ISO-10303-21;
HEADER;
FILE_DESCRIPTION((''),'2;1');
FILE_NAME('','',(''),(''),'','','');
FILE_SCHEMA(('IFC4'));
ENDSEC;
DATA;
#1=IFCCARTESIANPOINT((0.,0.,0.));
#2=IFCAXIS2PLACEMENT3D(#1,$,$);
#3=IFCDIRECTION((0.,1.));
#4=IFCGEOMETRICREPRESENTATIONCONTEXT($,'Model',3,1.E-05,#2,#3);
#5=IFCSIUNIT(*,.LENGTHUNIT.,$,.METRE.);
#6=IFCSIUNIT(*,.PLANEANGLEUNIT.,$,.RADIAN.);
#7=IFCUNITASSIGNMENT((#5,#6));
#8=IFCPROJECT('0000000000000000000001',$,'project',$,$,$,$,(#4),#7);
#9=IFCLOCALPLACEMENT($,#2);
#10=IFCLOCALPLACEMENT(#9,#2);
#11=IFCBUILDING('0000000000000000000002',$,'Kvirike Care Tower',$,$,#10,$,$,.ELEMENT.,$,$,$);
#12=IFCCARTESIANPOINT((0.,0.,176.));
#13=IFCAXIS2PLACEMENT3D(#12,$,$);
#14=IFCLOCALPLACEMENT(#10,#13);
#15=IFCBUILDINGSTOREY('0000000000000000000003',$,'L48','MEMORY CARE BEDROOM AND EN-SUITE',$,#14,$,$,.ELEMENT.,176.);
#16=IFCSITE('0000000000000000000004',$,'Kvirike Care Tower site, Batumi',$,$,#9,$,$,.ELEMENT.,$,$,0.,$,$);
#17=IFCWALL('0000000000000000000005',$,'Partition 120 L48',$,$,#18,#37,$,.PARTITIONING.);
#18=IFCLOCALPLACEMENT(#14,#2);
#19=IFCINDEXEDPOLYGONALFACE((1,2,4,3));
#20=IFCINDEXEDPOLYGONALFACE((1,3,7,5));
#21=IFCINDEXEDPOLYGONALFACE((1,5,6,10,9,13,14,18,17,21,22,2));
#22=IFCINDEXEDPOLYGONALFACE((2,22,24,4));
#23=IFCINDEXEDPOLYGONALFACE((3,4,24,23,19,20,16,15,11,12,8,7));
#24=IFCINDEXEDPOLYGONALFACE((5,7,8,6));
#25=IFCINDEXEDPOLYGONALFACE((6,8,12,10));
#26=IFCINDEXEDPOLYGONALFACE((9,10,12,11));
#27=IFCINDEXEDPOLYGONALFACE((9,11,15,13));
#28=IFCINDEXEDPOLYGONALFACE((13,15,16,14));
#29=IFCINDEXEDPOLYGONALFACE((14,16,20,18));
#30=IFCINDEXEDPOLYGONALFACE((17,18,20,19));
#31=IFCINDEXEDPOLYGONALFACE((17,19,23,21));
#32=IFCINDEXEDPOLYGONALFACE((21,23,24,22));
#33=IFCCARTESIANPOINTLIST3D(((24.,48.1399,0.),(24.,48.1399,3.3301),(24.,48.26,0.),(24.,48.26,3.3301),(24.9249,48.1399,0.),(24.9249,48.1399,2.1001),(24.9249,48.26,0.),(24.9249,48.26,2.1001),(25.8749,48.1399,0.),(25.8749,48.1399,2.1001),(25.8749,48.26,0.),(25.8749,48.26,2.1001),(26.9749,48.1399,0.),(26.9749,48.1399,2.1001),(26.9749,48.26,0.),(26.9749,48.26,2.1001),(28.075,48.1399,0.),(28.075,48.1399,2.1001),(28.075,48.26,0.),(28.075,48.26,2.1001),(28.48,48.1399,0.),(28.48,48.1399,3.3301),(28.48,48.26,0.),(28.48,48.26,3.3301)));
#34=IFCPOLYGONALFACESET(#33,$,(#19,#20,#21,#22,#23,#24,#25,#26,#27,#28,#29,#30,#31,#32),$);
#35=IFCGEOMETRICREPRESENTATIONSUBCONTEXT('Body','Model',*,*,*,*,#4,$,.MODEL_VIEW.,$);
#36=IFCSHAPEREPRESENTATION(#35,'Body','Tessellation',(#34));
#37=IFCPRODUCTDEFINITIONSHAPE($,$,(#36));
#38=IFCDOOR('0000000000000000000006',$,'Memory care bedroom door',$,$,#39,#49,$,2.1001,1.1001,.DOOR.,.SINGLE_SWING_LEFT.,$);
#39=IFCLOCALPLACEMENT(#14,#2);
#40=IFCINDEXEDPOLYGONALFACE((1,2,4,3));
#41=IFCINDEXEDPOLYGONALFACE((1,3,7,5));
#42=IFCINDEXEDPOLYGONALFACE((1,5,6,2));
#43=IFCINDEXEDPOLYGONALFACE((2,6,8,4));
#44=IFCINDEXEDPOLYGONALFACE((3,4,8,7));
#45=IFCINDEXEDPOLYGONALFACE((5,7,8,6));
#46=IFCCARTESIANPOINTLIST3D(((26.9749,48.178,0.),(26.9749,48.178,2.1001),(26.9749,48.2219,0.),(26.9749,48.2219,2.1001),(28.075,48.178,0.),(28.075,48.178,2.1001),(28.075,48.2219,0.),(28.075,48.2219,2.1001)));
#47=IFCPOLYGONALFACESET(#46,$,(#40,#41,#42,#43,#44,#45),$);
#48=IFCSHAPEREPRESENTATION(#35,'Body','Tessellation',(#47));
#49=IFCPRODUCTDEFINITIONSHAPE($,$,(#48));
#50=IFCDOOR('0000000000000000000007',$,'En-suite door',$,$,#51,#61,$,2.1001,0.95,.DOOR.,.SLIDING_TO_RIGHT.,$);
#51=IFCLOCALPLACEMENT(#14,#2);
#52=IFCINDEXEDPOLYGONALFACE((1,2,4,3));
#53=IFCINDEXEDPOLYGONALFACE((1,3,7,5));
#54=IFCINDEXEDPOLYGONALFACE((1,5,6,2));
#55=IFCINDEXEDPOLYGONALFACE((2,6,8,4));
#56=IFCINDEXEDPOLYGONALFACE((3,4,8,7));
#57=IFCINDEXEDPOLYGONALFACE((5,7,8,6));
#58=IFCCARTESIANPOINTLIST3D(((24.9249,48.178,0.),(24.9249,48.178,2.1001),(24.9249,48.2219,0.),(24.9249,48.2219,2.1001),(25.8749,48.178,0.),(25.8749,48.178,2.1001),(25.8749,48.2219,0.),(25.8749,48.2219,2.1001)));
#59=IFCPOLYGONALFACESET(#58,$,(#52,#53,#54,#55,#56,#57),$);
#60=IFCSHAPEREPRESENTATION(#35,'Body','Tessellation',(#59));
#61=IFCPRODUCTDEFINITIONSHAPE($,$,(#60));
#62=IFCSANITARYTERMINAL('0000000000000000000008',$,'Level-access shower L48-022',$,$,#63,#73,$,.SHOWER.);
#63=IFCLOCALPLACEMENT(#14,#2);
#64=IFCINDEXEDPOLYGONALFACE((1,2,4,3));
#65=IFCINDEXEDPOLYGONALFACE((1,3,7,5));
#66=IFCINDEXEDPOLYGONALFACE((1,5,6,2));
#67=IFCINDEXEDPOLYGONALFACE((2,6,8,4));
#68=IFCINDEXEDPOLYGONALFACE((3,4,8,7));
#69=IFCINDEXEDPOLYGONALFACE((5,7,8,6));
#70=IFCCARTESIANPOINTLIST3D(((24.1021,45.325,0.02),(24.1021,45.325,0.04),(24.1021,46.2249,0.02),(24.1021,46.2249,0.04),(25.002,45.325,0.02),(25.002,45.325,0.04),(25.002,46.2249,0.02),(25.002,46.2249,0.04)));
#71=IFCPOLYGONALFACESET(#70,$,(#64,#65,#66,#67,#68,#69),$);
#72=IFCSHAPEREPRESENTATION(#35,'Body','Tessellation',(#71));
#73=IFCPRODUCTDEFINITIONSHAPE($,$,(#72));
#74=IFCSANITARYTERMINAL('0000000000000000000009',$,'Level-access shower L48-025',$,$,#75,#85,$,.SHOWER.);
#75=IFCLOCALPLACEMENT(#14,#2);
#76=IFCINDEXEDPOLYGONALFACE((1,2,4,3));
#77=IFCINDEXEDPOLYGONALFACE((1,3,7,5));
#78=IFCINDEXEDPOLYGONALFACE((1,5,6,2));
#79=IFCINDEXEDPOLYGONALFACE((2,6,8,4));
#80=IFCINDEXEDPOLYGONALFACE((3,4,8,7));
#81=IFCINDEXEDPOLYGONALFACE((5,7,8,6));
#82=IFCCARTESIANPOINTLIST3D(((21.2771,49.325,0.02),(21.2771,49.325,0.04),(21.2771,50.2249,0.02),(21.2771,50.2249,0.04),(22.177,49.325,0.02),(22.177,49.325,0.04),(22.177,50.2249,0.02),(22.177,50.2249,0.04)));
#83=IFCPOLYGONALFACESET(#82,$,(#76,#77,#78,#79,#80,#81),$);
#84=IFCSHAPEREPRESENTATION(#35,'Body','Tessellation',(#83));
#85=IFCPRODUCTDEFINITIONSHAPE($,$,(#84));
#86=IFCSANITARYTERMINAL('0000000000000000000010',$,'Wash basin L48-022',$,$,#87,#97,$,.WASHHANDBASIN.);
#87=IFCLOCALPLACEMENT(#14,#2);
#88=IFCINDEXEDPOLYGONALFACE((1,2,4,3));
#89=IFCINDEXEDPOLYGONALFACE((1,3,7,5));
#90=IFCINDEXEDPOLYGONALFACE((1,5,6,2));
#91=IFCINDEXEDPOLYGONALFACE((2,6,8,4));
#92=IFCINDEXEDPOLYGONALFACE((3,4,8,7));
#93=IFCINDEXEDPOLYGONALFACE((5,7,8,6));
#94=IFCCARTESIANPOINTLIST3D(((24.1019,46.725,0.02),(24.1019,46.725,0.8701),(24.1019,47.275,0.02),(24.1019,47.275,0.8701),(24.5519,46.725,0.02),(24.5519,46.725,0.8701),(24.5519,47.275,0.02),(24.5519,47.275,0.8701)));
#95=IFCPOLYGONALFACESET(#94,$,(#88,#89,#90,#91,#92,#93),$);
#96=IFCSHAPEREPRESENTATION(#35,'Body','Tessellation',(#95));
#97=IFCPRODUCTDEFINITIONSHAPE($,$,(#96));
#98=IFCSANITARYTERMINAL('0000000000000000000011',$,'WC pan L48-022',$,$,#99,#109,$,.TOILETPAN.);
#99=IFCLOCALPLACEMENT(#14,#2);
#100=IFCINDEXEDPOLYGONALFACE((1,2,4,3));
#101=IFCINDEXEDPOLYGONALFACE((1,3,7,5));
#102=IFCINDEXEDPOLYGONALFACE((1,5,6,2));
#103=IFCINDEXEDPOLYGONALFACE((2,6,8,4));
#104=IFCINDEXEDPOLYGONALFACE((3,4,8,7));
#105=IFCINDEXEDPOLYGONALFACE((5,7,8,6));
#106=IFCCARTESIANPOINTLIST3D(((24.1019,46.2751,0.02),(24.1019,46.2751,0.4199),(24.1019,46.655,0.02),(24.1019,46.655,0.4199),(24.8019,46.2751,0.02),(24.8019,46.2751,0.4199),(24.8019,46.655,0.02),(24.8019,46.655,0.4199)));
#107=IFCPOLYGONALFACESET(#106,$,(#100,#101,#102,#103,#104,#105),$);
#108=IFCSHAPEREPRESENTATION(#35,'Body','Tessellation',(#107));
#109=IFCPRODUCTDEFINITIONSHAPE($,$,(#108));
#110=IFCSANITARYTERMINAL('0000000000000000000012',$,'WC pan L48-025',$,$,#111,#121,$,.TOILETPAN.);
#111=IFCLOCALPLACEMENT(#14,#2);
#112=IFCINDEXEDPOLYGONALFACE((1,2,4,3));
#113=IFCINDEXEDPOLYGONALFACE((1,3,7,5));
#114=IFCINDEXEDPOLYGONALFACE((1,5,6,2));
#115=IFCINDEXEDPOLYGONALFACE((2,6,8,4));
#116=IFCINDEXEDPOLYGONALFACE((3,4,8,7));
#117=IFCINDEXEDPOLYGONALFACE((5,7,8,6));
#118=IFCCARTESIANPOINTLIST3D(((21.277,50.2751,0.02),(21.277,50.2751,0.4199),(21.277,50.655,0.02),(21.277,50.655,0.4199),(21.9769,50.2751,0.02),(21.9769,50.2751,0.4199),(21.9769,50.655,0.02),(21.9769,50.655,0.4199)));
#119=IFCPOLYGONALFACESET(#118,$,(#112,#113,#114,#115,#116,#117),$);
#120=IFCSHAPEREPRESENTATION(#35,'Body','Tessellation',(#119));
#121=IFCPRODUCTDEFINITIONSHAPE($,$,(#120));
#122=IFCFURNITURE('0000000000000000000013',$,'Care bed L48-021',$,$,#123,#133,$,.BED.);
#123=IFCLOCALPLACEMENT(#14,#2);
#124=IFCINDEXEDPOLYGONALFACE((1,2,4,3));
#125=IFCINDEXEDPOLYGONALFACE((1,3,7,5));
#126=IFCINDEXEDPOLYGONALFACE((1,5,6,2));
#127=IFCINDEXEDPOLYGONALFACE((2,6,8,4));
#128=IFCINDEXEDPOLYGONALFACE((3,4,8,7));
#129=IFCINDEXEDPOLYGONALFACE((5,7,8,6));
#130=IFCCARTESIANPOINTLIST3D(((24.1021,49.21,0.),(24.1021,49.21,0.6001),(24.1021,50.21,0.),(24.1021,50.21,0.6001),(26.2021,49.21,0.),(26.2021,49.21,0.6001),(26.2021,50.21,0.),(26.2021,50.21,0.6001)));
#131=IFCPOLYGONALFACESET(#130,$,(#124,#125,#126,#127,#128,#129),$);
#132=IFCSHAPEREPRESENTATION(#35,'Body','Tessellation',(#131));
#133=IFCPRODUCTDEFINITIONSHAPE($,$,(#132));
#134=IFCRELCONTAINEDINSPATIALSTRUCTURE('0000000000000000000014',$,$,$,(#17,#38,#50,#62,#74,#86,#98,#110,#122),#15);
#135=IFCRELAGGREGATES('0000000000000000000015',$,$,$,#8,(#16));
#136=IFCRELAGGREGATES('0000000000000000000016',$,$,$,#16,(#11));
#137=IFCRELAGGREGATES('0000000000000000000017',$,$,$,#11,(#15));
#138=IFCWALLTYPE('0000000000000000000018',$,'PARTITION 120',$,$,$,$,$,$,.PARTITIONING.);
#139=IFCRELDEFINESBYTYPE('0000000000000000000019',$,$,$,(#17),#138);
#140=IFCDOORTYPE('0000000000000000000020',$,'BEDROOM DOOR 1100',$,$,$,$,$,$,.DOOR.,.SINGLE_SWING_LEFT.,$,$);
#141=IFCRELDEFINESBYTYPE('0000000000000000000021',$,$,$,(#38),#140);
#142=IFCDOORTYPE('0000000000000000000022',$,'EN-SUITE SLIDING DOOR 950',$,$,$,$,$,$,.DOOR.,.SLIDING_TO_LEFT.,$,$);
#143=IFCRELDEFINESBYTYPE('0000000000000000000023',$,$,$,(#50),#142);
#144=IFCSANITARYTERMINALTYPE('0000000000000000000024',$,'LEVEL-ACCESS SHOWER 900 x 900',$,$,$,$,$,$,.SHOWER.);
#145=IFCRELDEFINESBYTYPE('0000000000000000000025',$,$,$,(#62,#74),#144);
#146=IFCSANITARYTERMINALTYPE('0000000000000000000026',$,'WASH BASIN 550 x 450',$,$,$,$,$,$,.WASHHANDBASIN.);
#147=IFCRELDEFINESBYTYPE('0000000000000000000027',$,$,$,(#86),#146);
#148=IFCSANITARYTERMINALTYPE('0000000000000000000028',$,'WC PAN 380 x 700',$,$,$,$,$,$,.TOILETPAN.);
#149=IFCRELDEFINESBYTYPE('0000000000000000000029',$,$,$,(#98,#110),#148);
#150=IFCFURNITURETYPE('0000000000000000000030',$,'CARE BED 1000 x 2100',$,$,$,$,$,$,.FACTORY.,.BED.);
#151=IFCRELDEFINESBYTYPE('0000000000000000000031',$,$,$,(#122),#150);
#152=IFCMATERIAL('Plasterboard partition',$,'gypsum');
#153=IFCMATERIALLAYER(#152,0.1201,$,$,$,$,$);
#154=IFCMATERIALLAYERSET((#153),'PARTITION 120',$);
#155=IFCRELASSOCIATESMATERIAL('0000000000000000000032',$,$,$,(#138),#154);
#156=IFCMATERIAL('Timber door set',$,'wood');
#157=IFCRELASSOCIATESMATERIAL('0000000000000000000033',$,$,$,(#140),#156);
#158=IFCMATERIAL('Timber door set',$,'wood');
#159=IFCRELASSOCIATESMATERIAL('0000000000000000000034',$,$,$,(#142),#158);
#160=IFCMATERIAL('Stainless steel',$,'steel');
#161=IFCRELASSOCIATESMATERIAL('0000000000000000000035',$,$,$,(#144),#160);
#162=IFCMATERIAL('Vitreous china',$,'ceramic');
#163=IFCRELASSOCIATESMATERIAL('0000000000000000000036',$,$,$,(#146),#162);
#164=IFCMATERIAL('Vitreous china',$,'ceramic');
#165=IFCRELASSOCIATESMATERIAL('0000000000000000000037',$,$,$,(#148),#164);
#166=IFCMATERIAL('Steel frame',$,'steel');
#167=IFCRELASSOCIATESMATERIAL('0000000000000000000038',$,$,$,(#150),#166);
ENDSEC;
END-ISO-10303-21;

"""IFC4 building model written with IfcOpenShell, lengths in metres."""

from ifc_helpers import new_model, si_unit, direction, frame, frame_2d, origin, origin_2d, place, context, subcontext, project, spatial, rectangle, extrude, material, layer, layer_set, type_object, element, fill, save


model = new_model("IFC4")

# Units and contexts
model_context = context("Model", 3, precision=1e-05, world=origin(), true_north=direction((0.0, 1.0)))
body_context = subcontext(model_context, "Body", "Model", "MODEL_VIEW")
ifc_project = project(units=[si_unit("LENGTHUNIT", "METRE"), si_unit("PLANEANGLEUNIT", "RADIAN")], contexts=[model_context])

# Site, building, storey
site_placement = place(None, origin())
site = spatial("IfcSite", under=ifc_project, at=site_placement, Name="Kvirike Care Tower site, Batumi", CompositionType="ELEMENT", RefElevation=0.0)
building_placement = place(site_placement, origin())
building = spatial("IfcBuilding", under=site, at=building_placement, Name="Kvirike Care Tower", CompositionType="ELEMENT")
storey_placement = place(building_placement, frame((0.0, 0.0, 176.0)))
storey = spatial("IfcBuildingStorey", under=building, at=storey_placement, Name="L48", Description="MEMORY CARE BEDROOM AND EN-SUITE", CompositionType="ELEMENT", Elevation=176.0)

# Wall, openings, doors
ifc_material_1 = material(Name="Plasterboard partition", Category="gypsum")
ifc_layer_1 = layer(ifc_material_1, 0.1201)
ifc_layer_set_1 = layer_set([ifc_layer_1], Name="PARTITION 120")
wall_type_1 = type_object("IfcWallType", Name="PARTITION 120", PredefinedType="PARTITIONING", material=ifc_layer_set_1)
wall_1_placement = place(storey_placement, frame((28.48, 48.2, 0.0), z_axis=(0.0, 0.0, 1.0), x_axis=(-1.0, 0.0, 0.0)))
wall_1 = element("IfcWall", 1, at=wall_1_placement, inside=storey, type_object=wall_type_1, Name="Partition 120 L48", PredefinedType="PARTITIONING", context=body_context, shape_type="SweptSolid", body=[
    extrude(rectangle(XDim=4.48, YDim=0.1201, at=frame_2d((2.24, 0.0))), origin(), (0.0, 0.0, 1.0), 3.3301),
])
opening_1_placement = place(wall_1_placement, frame((0.405, 0.0, 0.0)))
opening_1 = element("IfcOpeningElement", 2, at=opening_1_placement, cuts=wall_1, PredefinedType="OPENING", context=body_context, shape_type="SweptSolid", body=[
    extrude(rectangle(XDim=1.1001, YDim=2.1001, at=frame_2d((0.55, 1.05))), frame((0.0, 0.0706, 0.0), z_axis=(0.0, -1.0, 0.0), x_axis=(1.0, 0.0, 0.0)), (0.0, 0.0, 1.0), 0.1411),
])
opening_2_placement = place(wall_1_placement, frame((2.605, 0.0, 0.0)))
opening_2 = element("IfcOpeningElement", 3, at=opening_2_placement, cuts=wall_1, PredefinedType="OPENING", context=body_context, shape_type="SweptSolid", body=[
    extrude(rectangle(XDim=0.95, YDim=2.1001, at=frame_2d((0.4751, 1.05))), frame((0.0, 0.0706, 0.0), z_axis=(0.0, -1.0, 0.0), x_axis=(1.0, 0.0, 0.0)), (0.0, 0.0, 1.0), 0.1411),
])
ifc_material_2 = material(Name="Timber door set", Category="wood")
door_type_1 = type_object("IfcDoorType", Name="BEDROOM DOOR 1100", OperationType="SINGLE_SWING_LEFT", PredefinedType="DOOR", material=ifc_material_2)
door_1_placement = place(opening_1_placement, origin())
door_1 = element("IfcDoor", 4, at=door_1_placement, inside=storey, type_object=door_type_1, Name="Memory care bedroom door", OperationType="SINGLE_SWING_LEFT", OverallHeight=2.1001, OverallWidth=1.1001, PredefinedType="DOOR", context=body_context, shape_type="SweptSolid", body=[
    extrude(rectangle(XDim=1.1001, YDim=2.1001, at=frame_2d((0.55, 1.05))), frame((0.0, 0.022, 0.0), z_axis=(0.0, -1.0, 0.0), x_axis=(1.0, 0.0, 0.0)), (0.0, 0.0, 1.0), 0.0439),
])
fill(opening_1, door_1)
ifc_material_3 = material(Name="Timber door set", Category="wood")
door_type_2 = type_object("IfcDoorType", Name="EN-SUITE SLIDING DOOR 950", OperationType="SLIDING_TO_LEFT", PredefinedType="DOOR", material=ifc_material_3)
door_2_placement = place(opening_2_placement, origin())
door_2 = element("IfcDoor", 5, at=door_2_placement, inside=storey, type_object=door_type_2, Name="En-suite door", OperationType="SLIDING_TO_RIGHT", OverallHeight=2.1001, OverallWidth=0.95, PredefinedType="DOOR", context=body_context, shape_type="SweptSolid", body=[
    extrude(rectangle(XDim=0.95, YDim=2.1001, at=frame_2d((0.4751, 1.05))), frame((0.0, 0.022, 0.0), z_axis=(0.0, -1.0, 0.0), x_axis=(1.0, 0.0, 0.0)), (0.0, 0.0, 1.0), 0.0439),
])
fill(opening_2, door_2)

# Sanitary terminals
ifc_material_4 = material(Name="Stainless steel", Category="steel")
sanitary_terminal_type_1 = type_object("IfcSanitaryTerminalType", Name="LEVEL-ACCESS SHOWER 900 x 900", PredefinedType="SHOWER", material=ifc_material_4)
for number, where, z_axis, x_axis, name in (
    (6, (24.552, 45.7749, 0.02), (0.0, 0.0, 1.0), (0.0, 1.0, 0.0), "Level-access shower L48-022"),
    (7, (21.7271, 49.7749, 0.02), (0.0, 0.0, 1.0), (0.0, 1.0, 0.0), "Level-access shower L48-025"),
):
    element("IfcSanitaryTerminal", number, at=place(storey_placement, frame(where, z_axis=z_axis, x_axis=x_axis)), inside=storey, type_object=sanitary_terminal_type_1, Name=name, PredefinedType="SHOWER", context=body_context, shape_type="SweptSolid", body=[
        extrude(rectangle(XDim=0.8999, YDim=0.8999, at=origin_2d()), origin(), (0.0, 0.0, 1.0), 0.02),
    ])
ifc_material_5 = material(Name="Vitreous china", Category="ceramic")
sanitary_terminal_type_2 = type_object("IfcSanitaryTerminalType", Name="WASH BASIN 550 x 450", PredefinedType="WASHHANDBASIN", material=ifc_material_5)
sanitary_terminal_placement = place(storey_placement, frame((24.3269, 47.0, 0.02), z_axis=(0.0, 0.0, 1.0), x_axis=(0.0, 1.0, 0.0)))
element("IfcSanitaryTerminal", 8, at=sanitary_terminal_placement, inside=storey, type_object=sanitary_terminal_type_2, Name="Wash basin L48-022", PredefinedType="WASHHANDBASIN", context=body_context, shape_type="SweptSolid", body=[
    extrude(rectangle(XDim=0.55, YDim=0.45, at=origin_2d()), origin(), (0.0, 0.0, 1.0), 0.8501),
])
ifc_material_6 = material(Name="Vitreous china", Category="ceramic")
sanitary_terminal_type_3 = type_object("IfcSanitaryTerminalType", Name="WC PAN 380 x 700", PredefinedType="TOILETPAN", material=ifc_material_6)
for number, where, z_axis, x_axis, name in (
    (9, (24.4519, 46.4651, 0.02), (0.0, 0.0, 1.0), (0.0, 1.0, 0.0), "WC pan L48-022"),
    (10, (21.627, 50.4651, 0.02), (0.0, 0.0, 1.0), (0.0, 1.0, 0.0), "WC pan L48-025"),
):
    element("IfcSanitaryTerminal", number, at=place(storey_placement, frame(where, z_axis=z_axis, x_axis=x_axis)), inside=storey, type_object=sanitary_terminal_type_3, Name=name, PredefinedType="TOILETPAN", context=body_context, shape_type="SweptSolid", body=[
        extrude(rectangle(XDim=0.3799, YDim=0.7, at=origin_2d()), origin(), (0.0, 0.0, 1.0), 0.3999),
    ])

# Furniture
ifc_material_7 = material(Name="Steel frame", Category="steel")
furniture_type = type_object("IfcFurnitureType", Name="CARE BED 1000 x 2100", AssemblyPlace="FACTORY", PredefinedType="BED", material=ifc_material_7)
furniture_placement = place(storey_placement, frame((25.1521, 49.71, 0.0), z_axis=(0.0, 0.0, 1.0), x_axis=(0.0, 1.0, 0.0)))
element("IfcFurniture", 11, at=furniture_placement, inside=storey, type_object=furniture_type, Name="Care bed L48-021", PredefinedType="BED", context=body_context, shape_type="SweptSolid", body=[
    extrude(rectangle(XDim=1.0, YDim=2.1001, at=origin_2d()), origin(), (0.0, 0.0, 1.0), 0.6001),
])

save(model, "model.ifc")
